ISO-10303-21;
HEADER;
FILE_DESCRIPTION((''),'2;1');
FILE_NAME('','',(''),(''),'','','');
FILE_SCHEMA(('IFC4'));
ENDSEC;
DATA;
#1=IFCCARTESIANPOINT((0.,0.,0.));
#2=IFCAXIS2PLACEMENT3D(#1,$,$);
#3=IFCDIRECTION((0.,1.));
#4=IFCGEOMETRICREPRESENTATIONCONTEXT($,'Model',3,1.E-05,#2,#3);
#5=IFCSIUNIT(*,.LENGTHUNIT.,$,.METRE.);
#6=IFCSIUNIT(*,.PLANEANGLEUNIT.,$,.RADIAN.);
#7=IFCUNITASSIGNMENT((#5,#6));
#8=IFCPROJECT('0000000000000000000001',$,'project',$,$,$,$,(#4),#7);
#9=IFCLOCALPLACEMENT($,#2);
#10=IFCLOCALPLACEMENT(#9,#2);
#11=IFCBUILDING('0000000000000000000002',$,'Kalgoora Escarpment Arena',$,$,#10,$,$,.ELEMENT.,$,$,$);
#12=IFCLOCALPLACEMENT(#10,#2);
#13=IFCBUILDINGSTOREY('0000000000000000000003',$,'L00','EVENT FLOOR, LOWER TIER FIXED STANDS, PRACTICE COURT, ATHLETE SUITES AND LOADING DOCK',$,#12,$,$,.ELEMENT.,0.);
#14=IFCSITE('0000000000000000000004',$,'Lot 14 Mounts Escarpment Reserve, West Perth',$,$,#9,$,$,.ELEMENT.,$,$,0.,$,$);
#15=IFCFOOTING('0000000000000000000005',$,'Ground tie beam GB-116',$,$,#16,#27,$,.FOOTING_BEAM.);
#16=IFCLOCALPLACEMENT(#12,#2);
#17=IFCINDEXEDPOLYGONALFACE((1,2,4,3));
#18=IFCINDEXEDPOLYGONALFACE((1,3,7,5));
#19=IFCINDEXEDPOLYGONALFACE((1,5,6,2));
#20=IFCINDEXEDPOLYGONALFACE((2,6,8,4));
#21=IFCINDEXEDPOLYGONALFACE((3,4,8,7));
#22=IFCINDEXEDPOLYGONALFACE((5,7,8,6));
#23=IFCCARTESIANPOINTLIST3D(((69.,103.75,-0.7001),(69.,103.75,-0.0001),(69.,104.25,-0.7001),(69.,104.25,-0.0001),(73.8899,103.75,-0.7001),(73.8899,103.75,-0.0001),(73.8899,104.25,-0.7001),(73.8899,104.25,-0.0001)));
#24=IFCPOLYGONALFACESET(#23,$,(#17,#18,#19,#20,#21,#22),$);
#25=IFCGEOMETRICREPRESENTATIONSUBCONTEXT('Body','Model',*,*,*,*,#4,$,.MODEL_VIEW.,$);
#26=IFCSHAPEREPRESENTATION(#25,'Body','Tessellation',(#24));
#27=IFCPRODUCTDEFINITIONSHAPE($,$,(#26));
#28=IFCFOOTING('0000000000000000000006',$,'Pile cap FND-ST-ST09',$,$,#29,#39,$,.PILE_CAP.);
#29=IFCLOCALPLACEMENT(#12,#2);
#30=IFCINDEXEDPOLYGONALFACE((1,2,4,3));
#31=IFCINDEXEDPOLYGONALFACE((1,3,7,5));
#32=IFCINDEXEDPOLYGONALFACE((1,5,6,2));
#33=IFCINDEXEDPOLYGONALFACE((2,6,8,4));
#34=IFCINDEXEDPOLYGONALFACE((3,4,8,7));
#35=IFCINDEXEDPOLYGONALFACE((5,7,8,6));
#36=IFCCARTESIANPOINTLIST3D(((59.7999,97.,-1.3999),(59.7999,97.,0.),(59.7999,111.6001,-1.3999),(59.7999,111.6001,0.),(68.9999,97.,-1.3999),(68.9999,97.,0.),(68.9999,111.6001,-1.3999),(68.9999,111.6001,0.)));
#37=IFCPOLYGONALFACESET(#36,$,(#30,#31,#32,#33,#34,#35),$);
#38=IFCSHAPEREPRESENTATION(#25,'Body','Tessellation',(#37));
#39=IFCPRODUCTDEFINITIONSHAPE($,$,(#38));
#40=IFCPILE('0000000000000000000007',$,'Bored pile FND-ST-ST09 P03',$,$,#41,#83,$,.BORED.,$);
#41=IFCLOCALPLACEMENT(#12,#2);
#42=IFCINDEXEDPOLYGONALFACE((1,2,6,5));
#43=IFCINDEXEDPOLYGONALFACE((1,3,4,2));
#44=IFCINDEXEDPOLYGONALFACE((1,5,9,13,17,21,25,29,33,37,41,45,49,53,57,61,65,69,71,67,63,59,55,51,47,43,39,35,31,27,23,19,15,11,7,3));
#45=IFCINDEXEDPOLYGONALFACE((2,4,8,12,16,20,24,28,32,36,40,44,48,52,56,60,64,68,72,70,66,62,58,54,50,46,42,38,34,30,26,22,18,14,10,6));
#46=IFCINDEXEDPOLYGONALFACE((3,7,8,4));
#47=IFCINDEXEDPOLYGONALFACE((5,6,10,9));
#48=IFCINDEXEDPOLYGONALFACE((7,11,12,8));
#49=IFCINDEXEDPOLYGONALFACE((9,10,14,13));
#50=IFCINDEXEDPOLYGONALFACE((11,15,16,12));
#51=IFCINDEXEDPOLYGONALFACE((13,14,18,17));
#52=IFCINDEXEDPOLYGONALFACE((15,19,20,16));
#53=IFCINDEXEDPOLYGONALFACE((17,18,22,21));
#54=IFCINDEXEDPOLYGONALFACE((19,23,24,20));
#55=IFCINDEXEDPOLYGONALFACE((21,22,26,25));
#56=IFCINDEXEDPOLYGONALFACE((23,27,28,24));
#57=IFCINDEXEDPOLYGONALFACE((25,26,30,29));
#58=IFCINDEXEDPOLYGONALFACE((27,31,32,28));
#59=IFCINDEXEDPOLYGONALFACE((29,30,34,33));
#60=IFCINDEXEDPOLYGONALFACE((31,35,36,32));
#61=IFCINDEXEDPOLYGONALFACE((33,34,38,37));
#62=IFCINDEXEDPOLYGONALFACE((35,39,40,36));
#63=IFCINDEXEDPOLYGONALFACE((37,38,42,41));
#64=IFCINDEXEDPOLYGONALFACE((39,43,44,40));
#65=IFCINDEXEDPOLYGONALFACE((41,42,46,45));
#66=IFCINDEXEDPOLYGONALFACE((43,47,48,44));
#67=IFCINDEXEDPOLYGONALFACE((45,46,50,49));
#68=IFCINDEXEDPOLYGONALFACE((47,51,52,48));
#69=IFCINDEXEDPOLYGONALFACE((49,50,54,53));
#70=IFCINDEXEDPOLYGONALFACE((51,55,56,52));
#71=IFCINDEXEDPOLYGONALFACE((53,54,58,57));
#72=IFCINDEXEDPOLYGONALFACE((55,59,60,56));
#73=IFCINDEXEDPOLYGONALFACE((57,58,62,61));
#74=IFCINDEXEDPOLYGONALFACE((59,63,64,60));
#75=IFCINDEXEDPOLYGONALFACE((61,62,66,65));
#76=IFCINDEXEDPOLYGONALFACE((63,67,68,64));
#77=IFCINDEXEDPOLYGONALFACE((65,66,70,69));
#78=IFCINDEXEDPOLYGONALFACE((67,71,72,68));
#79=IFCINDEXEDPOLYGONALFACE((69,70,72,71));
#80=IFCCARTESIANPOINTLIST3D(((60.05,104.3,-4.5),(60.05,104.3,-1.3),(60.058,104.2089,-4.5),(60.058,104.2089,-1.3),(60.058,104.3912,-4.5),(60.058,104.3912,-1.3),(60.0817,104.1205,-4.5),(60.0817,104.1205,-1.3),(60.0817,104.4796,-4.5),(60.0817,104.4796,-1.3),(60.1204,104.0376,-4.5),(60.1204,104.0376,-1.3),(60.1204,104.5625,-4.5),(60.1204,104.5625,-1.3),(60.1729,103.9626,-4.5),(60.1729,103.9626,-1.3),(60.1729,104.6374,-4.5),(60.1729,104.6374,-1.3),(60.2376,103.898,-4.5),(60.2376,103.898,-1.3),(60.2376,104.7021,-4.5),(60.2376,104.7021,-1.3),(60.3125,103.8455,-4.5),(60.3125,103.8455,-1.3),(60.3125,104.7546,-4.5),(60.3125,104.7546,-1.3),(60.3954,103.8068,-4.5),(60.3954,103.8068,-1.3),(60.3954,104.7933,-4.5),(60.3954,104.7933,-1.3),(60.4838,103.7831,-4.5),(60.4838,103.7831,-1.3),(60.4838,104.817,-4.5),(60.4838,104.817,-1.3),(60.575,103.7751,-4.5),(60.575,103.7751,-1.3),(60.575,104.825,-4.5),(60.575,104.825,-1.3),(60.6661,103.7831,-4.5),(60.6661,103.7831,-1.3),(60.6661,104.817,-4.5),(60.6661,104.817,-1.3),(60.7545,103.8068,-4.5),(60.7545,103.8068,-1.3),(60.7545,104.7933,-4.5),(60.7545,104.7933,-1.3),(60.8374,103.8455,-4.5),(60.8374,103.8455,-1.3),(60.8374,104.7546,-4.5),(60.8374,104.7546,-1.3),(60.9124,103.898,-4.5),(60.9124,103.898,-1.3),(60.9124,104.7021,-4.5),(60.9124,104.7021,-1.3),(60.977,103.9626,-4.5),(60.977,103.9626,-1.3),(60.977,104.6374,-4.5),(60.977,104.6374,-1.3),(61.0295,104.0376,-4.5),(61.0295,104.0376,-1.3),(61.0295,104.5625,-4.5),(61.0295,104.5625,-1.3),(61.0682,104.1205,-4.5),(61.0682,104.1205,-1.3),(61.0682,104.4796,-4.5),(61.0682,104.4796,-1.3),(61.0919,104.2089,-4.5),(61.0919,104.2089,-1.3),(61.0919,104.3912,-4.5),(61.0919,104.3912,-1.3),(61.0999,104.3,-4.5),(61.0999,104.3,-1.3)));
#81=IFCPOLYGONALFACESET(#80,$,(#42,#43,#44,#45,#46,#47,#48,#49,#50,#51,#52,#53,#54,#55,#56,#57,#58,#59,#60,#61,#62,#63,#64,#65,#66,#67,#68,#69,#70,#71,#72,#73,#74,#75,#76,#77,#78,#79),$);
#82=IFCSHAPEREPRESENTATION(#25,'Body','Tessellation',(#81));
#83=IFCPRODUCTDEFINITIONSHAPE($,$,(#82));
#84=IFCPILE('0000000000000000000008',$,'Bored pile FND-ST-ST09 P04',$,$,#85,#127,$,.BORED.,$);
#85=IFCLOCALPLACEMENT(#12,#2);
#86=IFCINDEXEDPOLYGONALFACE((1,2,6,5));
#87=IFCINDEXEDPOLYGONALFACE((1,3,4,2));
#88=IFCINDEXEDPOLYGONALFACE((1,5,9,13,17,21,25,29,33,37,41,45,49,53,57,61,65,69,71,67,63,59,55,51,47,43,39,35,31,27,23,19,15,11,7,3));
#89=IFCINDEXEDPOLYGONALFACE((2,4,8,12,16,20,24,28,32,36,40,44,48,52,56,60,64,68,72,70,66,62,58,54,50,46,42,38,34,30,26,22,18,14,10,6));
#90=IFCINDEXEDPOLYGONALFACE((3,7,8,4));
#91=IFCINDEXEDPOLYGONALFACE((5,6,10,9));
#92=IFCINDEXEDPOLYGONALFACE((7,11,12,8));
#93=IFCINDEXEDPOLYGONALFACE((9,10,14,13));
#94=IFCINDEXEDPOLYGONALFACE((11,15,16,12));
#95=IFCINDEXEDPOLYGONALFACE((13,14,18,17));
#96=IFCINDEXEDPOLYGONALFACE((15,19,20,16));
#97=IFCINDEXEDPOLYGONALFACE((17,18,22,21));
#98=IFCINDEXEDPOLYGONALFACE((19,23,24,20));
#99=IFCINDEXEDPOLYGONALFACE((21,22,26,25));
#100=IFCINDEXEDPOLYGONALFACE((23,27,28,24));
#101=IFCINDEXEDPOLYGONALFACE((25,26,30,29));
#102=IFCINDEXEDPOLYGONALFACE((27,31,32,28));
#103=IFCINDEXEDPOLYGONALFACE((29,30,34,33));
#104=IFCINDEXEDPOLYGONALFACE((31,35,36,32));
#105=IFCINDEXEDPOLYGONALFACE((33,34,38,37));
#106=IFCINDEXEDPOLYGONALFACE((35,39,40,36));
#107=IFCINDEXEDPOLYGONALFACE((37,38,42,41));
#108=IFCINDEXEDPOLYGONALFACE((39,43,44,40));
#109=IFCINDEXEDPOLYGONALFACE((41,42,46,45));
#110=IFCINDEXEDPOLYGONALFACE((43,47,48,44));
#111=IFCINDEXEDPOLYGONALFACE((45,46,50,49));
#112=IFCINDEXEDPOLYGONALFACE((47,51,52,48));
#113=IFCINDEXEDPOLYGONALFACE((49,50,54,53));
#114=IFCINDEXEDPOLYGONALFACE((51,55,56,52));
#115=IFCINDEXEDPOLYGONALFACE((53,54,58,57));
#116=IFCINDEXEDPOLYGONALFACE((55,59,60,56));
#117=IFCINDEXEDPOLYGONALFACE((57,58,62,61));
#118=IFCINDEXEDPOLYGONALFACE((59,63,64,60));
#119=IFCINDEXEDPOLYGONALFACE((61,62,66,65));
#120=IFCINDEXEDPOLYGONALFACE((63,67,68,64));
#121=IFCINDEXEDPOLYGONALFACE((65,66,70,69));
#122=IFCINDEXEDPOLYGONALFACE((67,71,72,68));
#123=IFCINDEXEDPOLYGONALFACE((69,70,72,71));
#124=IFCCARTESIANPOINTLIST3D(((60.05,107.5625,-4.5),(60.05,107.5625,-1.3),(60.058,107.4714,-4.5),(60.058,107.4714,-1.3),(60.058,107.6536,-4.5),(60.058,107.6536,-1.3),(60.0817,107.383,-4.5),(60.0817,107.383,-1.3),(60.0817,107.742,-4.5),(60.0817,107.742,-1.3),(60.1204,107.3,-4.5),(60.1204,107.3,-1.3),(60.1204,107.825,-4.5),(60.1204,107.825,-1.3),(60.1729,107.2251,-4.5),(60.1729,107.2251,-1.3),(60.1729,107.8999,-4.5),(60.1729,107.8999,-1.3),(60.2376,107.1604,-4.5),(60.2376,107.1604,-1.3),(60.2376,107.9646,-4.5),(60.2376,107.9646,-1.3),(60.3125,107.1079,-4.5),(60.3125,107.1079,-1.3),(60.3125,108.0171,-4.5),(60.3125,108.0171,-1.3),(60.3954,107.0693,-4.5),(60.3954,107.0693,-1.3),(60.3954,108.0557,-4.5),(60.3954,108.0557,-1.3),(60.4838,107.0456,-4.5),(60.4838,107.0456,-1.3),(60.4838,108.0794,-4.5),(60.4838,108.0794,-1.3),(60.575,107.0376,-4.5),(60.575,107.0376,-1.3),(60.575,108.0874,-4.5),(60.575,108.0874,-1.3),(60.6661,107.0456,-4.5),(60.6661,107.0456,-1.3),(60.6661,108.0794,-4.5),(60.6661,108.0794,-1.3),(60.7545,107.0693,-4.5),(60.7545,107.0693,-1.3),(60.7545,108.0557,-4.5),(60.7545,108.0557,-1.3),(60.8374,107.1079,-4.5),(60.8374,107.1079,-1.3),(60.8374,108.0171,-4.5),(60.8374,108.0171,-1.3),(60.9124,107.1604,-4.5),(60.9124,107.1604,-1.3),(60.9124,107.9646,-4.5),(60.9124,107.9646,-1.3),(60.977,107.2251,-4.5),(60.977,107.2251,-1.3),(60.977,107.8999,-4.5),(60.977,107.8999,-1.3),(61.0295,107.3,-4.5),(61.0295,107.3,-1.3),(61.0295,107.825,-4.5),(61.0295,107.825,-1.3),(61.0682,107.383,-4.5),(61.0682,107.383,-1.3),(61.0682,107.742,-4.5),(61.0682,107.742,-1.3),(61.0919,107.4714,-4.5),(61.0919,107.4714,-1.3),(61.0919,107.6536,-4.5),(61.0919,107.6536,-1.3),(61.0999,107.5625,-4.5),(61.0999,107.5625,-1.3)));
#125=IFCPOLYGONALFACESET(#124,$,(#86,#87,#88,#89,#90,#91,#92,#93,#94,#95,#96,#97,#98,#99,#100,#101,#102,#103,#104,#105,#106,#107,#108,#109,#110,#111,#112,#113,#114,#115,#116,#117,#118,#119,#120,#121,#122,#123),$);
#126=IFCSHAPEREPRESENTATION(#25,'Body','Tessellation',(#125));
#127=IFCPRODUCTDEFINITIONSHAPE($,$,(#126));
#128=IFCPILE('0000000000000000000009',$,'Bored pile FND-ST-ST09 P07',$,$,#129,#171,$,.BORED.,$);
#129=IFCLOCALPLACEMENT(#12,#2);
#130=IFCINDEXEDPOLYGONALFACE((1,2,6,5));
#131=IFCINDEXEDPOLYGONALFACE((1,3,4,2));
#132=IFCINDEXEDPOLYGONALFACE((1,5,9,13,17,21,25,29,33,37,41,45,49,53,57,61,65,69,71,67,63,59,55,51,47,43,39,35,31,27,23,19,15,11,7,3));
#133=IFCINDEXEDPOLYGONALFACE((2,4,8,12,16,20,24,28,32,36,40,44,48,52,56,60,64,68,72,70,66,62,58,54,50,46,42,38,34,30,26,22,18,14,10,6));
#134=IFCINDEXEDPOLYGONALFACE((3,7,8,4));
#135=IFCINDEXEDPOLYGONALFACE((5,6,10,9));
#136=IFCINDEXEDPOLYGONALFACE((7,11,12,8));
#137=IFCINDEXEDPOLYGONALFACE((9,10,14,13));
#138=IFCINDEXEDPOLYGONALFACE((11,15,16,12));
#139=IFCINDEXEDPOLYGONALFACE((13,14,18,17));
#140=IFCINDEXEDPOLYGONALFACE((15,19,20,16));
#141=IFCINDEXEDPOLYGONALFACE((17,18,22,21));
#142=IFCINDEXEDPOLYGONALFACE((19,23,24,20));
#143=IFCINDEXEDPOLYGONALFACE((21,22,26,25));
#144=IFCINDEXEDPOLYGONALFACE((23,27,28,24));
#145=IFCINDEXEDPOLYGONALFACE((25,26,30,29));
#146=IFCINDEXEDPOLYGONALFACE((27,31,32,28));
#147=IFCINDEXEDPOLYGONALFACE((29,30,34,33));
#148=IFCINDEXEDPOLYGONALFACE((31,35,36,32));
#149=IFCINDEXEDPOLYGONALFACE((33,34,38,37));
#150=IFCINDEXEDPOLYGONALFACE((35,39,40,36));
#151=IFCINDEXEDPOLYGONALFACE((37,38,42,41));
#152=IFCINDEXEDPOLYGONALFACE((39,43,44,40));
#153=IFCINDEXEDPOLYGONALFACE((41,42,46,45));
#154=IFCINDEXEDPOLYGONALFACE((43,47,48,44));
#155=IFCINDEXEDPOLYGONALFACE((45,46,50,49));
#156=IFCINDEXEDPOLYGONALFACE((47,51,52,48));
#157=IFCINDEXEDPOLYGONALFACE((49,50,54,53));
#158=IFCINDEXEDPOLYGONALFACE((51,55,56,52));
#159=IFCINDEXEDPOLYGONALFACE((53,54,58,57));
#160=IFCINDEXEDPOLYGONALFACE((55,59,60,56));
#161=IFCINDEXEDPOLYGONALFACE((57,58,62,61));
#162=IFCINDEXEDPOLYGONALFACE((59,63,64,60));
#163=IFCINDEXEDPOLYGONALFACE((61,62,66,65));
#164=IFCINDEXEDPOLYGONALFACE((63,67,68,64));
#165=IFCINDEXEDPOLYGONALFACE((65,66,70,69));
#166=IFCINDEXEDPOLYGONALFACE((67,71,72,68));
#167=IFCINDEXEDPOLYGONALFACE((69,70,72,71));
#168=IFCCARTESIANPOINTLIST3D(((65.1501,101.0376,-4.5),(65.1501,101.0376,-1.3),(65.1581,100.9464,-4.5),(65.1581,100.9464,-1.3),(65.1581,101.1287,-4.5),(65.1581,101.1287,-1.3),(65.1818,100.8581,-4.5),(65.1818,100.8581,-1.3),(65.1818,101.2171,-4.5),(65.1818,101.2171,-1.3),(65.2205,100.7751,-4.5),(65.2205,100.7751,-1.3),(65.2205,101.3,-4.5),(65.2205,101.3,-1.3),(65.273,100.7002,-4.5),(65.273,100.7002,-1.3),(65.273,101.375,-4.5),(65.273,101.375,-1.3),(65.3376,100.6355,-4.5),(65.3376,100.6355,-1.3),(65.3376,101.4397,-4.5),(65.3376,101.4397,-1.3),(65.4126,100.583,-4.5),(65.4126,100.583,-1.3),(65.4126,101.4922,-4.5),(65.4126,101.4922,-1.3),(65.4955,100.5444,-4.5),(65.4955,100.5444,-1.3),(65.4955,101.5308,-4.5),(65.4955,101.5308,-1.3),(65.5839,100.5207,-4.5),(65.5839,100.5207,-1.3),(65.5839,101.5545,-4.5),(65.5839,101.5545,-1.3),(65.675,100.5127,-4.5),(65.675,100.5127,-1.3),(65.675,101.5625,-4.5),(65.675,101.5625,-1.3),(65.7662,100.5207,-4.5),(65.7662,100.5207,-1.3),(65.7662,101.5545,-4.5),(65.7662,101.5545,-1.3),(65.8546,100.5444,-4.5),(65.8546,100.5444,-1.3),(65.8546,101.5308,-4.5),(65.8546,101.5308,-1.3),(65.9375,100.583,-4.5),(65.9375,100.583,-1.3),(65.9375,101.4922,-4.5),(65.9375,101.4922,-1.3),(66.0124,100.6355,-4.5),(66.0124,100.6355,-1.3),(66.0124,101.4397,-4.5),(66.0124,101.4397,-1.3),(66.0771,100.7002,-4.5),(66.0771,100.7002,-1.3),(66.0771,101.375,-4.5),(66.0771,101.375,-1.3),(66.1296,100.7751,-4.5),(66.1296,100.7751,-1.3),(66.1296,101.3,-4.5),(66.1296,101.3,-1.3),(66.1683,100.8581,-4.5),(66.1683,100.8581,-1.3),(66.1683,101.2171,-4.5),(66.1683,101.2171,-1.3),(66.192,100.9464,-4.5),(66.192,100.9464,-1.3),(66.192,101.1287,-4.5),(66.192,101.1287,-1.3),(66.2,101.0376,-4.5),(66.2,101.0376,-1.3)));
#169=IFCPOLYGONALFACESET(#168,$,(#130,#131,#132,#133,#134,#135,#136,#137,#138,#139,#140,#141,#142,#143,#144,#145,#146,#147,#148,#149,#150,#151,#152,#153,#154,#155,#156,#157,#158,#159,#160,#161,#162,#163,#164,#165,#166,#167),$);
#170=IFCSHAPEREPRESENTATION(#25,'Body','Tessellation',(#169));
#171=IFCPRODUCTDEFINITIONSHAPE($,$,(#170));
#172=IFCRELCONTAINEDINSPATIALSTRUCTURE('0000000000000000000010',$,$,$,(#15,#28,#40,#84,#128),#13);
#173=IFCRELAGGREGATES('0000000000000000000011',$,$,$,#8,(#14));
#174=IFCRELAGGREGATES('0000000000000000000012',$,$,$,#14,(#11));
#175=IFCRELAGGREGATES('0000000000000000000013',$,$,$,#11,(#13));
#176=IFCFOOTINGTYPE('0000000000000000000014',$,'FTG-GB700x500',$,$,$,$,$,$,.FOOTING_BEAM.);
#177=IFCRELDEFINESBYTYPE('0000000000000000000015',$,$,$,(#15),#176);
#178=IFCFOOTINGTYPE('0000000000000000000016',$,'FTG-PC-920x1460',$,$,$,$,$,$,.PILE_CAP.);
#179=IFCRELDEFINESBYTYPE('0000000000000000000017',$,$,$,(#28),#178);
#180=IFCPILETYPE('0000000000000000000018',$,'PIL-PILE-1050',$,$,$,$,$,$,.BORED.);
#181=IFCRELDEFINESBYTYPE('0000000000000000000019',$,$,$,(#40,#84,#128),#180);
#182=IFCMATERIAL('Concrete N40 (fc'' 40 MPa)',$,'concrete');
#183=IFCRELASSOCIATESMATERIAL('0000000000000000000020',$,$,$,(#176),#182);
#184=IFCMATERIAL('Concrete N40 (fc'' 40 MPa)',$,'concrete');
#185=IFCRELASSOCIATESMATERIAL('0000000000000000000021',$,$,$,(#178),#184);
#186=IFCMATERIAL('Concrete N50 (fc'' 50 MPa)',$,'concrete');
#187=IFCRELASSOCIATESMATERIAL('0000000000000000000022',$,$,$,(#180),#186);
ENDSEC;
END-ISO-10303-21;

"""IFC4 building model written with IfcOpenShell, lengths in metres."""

from ifc_helpers import new_model, si_unit, direction, frame, origin, origin_2d, place, context, subcontext, project, spatial, rectangle, circle, extrude, material, material_profile, profile_set, type_object, element, save


model = new_model("IFC4")

# Units and contexts
model_context = context("Model", 3, precision=1e-05, world=origin(), true_north=direction((0.0, 1.0)))
body_context = subcontext(model_context, "Body", "Model", "MODEL_VIEW")
ifc_project = project(units=[si_unit("LENGTHUNIT", "METRE"), si_unit("PLANEANGLEUNIT", "RADIAN")], contexts=[model_context])

# Site, building, storey
site_placement = place(None, origin())
site = spatial("IfcSite", under=ifc_project, at=site_placement, Name="Lot 14 Mounts Escarpment Reserve, West Perth", CompositionType="ELEMENT", RefElevation=0.0)
building_placement = place(site_placement, origin())
building = spatial("IfcBuilding", under=site, at=building_placement, Name="Kalgoora Escarpment Arena", CompositionType="ELEMENT")
storey_placement = place(building_placement, origin())
storey = spatial("IfcBuildingStorey", under=building, at=storey_placement, Name="L00", Description="EVENT FLOOR, LOWER TIER FIXED STANDS, PRACTICE COURT, ATHLETE SUITES AND LOADING DOCK", CompositionType="ELEMENT", Elevation=0.0)

# Footings
ifc_material_1 = material(Name="Concrete N40 (fc' 40 MPa)", Category="concrete")
ifc_material_profile_1 = material_profile(ifc_material_1, rectangle(XDim=0.5, YDim=0.7, at=origin_2d()))
ifc_profile_set_1 = profile_set([ifc_material_profile_1], Name="Concrete N40 (fc' 40 MPa)")
footing_type_1 = type_object("IfcFootingType", Name="FTG-GB700x500", PredefinedType="FOOTING_BEAM", material=ifc_profile_set_1)
footing_1_placement = place(storey_placement, frame((69.0, 104.0, -0.3501), z_axis=(1.0, 0.0, 0.0), x_axis=(0.0, 1.0, 0.0)))
element("IfcFooting", 1, at=footing_1_placement, inside=storey, type_object=footing_type_1, Name="Ground tie beam GB-116", PredefinedType="FOOTING_BEAM", context=body_context, shape_type="SweptSolid", body=[
    extrude(rectangle(XDim=0.5, YDim=0.7, at=origin_2d()), origin(), (0.0, 0.0, 1.0), 4.8899),
])
ifc_material_2 = material(Name="Concrete N40 (fc' 40 MPa)", Category="concrete")
footing_type_2 = type_object("IfcFootingType", Name="FTG-PC-920x1460", PredefinedType="PILE_CAP", material=ifc_material_2)
footing_2_placement = place(storey_placement, frame((64.3999, 104.3, -1.3999), z_axis=(0.0, 0.0, 1.0), x_axis=(1.0, 0.0, 0.0)))
element("IfcFooting", 2, at=footing_2_placement, inside=storey, type_object=footing_type_2, Name="Pile cap FND-ST-ST09", PredefinedType="PILE_CAP", context=body_context, shape_type="SweptSolid", body=[
    extrude(rectangle(XDim=9.2, YDim=14.6001, at=origin_2d()), origin(), (0.0, 0.0, 1.0), 1.3999),
])

# Piles
ifc_material_3 = material(Name="Concrete N50 (fc' 50 MPa)", Category="concrete")
ifc_material_profile_2 = material_profile(ifc_material_3, circle(Radius=0.5249, at=origin_2d()))
ifc_profile_set_2 = profile_set([ifc_material_profile_2], Name="Concrete N50 (fc' 50 MPa)")
pile_type = type_object("IfcPileType", Name="PIL-PILE-1050", PredefinedType="BORED", material=ifc_profile_set_2)
for number, where, z_axis, x_axis, name in (
    (3, (60.575, 104.3, -1.3), (0.0, 0.0, -1.0), (1.0, 0.0, 0.0), "Bored pile FND-ST-ST09 P03"),
    (4, (60.575, 107.5625, -1.3), (0.0, 0.0, -1.0), (1.0, 0.0, 0.0), "Bored pile FND-ST-ST09 P04"),
    (5, (65.675, 101.0376, -1.3), (0.0, 0.0, -1.0), (1.0, 0.0, 0.0), "Bored pile FND-ST-ST09 P07"),
):
    element("IfcPile", number, at=place(storey_placement, frame(where, z_axis=z_axis, x_axis=x_axis)), inside=storey, type_object=pile_type, Name=name, PredefinedType="BORED", context=body_context, shape_type="SweptSolid", body=[
        extrude(circle(Radius=0.5249, at=origin_2d()), origin(), (0.0, 0.0, 1.0), 3.2),
    ])

save(model, "model.ifc")
